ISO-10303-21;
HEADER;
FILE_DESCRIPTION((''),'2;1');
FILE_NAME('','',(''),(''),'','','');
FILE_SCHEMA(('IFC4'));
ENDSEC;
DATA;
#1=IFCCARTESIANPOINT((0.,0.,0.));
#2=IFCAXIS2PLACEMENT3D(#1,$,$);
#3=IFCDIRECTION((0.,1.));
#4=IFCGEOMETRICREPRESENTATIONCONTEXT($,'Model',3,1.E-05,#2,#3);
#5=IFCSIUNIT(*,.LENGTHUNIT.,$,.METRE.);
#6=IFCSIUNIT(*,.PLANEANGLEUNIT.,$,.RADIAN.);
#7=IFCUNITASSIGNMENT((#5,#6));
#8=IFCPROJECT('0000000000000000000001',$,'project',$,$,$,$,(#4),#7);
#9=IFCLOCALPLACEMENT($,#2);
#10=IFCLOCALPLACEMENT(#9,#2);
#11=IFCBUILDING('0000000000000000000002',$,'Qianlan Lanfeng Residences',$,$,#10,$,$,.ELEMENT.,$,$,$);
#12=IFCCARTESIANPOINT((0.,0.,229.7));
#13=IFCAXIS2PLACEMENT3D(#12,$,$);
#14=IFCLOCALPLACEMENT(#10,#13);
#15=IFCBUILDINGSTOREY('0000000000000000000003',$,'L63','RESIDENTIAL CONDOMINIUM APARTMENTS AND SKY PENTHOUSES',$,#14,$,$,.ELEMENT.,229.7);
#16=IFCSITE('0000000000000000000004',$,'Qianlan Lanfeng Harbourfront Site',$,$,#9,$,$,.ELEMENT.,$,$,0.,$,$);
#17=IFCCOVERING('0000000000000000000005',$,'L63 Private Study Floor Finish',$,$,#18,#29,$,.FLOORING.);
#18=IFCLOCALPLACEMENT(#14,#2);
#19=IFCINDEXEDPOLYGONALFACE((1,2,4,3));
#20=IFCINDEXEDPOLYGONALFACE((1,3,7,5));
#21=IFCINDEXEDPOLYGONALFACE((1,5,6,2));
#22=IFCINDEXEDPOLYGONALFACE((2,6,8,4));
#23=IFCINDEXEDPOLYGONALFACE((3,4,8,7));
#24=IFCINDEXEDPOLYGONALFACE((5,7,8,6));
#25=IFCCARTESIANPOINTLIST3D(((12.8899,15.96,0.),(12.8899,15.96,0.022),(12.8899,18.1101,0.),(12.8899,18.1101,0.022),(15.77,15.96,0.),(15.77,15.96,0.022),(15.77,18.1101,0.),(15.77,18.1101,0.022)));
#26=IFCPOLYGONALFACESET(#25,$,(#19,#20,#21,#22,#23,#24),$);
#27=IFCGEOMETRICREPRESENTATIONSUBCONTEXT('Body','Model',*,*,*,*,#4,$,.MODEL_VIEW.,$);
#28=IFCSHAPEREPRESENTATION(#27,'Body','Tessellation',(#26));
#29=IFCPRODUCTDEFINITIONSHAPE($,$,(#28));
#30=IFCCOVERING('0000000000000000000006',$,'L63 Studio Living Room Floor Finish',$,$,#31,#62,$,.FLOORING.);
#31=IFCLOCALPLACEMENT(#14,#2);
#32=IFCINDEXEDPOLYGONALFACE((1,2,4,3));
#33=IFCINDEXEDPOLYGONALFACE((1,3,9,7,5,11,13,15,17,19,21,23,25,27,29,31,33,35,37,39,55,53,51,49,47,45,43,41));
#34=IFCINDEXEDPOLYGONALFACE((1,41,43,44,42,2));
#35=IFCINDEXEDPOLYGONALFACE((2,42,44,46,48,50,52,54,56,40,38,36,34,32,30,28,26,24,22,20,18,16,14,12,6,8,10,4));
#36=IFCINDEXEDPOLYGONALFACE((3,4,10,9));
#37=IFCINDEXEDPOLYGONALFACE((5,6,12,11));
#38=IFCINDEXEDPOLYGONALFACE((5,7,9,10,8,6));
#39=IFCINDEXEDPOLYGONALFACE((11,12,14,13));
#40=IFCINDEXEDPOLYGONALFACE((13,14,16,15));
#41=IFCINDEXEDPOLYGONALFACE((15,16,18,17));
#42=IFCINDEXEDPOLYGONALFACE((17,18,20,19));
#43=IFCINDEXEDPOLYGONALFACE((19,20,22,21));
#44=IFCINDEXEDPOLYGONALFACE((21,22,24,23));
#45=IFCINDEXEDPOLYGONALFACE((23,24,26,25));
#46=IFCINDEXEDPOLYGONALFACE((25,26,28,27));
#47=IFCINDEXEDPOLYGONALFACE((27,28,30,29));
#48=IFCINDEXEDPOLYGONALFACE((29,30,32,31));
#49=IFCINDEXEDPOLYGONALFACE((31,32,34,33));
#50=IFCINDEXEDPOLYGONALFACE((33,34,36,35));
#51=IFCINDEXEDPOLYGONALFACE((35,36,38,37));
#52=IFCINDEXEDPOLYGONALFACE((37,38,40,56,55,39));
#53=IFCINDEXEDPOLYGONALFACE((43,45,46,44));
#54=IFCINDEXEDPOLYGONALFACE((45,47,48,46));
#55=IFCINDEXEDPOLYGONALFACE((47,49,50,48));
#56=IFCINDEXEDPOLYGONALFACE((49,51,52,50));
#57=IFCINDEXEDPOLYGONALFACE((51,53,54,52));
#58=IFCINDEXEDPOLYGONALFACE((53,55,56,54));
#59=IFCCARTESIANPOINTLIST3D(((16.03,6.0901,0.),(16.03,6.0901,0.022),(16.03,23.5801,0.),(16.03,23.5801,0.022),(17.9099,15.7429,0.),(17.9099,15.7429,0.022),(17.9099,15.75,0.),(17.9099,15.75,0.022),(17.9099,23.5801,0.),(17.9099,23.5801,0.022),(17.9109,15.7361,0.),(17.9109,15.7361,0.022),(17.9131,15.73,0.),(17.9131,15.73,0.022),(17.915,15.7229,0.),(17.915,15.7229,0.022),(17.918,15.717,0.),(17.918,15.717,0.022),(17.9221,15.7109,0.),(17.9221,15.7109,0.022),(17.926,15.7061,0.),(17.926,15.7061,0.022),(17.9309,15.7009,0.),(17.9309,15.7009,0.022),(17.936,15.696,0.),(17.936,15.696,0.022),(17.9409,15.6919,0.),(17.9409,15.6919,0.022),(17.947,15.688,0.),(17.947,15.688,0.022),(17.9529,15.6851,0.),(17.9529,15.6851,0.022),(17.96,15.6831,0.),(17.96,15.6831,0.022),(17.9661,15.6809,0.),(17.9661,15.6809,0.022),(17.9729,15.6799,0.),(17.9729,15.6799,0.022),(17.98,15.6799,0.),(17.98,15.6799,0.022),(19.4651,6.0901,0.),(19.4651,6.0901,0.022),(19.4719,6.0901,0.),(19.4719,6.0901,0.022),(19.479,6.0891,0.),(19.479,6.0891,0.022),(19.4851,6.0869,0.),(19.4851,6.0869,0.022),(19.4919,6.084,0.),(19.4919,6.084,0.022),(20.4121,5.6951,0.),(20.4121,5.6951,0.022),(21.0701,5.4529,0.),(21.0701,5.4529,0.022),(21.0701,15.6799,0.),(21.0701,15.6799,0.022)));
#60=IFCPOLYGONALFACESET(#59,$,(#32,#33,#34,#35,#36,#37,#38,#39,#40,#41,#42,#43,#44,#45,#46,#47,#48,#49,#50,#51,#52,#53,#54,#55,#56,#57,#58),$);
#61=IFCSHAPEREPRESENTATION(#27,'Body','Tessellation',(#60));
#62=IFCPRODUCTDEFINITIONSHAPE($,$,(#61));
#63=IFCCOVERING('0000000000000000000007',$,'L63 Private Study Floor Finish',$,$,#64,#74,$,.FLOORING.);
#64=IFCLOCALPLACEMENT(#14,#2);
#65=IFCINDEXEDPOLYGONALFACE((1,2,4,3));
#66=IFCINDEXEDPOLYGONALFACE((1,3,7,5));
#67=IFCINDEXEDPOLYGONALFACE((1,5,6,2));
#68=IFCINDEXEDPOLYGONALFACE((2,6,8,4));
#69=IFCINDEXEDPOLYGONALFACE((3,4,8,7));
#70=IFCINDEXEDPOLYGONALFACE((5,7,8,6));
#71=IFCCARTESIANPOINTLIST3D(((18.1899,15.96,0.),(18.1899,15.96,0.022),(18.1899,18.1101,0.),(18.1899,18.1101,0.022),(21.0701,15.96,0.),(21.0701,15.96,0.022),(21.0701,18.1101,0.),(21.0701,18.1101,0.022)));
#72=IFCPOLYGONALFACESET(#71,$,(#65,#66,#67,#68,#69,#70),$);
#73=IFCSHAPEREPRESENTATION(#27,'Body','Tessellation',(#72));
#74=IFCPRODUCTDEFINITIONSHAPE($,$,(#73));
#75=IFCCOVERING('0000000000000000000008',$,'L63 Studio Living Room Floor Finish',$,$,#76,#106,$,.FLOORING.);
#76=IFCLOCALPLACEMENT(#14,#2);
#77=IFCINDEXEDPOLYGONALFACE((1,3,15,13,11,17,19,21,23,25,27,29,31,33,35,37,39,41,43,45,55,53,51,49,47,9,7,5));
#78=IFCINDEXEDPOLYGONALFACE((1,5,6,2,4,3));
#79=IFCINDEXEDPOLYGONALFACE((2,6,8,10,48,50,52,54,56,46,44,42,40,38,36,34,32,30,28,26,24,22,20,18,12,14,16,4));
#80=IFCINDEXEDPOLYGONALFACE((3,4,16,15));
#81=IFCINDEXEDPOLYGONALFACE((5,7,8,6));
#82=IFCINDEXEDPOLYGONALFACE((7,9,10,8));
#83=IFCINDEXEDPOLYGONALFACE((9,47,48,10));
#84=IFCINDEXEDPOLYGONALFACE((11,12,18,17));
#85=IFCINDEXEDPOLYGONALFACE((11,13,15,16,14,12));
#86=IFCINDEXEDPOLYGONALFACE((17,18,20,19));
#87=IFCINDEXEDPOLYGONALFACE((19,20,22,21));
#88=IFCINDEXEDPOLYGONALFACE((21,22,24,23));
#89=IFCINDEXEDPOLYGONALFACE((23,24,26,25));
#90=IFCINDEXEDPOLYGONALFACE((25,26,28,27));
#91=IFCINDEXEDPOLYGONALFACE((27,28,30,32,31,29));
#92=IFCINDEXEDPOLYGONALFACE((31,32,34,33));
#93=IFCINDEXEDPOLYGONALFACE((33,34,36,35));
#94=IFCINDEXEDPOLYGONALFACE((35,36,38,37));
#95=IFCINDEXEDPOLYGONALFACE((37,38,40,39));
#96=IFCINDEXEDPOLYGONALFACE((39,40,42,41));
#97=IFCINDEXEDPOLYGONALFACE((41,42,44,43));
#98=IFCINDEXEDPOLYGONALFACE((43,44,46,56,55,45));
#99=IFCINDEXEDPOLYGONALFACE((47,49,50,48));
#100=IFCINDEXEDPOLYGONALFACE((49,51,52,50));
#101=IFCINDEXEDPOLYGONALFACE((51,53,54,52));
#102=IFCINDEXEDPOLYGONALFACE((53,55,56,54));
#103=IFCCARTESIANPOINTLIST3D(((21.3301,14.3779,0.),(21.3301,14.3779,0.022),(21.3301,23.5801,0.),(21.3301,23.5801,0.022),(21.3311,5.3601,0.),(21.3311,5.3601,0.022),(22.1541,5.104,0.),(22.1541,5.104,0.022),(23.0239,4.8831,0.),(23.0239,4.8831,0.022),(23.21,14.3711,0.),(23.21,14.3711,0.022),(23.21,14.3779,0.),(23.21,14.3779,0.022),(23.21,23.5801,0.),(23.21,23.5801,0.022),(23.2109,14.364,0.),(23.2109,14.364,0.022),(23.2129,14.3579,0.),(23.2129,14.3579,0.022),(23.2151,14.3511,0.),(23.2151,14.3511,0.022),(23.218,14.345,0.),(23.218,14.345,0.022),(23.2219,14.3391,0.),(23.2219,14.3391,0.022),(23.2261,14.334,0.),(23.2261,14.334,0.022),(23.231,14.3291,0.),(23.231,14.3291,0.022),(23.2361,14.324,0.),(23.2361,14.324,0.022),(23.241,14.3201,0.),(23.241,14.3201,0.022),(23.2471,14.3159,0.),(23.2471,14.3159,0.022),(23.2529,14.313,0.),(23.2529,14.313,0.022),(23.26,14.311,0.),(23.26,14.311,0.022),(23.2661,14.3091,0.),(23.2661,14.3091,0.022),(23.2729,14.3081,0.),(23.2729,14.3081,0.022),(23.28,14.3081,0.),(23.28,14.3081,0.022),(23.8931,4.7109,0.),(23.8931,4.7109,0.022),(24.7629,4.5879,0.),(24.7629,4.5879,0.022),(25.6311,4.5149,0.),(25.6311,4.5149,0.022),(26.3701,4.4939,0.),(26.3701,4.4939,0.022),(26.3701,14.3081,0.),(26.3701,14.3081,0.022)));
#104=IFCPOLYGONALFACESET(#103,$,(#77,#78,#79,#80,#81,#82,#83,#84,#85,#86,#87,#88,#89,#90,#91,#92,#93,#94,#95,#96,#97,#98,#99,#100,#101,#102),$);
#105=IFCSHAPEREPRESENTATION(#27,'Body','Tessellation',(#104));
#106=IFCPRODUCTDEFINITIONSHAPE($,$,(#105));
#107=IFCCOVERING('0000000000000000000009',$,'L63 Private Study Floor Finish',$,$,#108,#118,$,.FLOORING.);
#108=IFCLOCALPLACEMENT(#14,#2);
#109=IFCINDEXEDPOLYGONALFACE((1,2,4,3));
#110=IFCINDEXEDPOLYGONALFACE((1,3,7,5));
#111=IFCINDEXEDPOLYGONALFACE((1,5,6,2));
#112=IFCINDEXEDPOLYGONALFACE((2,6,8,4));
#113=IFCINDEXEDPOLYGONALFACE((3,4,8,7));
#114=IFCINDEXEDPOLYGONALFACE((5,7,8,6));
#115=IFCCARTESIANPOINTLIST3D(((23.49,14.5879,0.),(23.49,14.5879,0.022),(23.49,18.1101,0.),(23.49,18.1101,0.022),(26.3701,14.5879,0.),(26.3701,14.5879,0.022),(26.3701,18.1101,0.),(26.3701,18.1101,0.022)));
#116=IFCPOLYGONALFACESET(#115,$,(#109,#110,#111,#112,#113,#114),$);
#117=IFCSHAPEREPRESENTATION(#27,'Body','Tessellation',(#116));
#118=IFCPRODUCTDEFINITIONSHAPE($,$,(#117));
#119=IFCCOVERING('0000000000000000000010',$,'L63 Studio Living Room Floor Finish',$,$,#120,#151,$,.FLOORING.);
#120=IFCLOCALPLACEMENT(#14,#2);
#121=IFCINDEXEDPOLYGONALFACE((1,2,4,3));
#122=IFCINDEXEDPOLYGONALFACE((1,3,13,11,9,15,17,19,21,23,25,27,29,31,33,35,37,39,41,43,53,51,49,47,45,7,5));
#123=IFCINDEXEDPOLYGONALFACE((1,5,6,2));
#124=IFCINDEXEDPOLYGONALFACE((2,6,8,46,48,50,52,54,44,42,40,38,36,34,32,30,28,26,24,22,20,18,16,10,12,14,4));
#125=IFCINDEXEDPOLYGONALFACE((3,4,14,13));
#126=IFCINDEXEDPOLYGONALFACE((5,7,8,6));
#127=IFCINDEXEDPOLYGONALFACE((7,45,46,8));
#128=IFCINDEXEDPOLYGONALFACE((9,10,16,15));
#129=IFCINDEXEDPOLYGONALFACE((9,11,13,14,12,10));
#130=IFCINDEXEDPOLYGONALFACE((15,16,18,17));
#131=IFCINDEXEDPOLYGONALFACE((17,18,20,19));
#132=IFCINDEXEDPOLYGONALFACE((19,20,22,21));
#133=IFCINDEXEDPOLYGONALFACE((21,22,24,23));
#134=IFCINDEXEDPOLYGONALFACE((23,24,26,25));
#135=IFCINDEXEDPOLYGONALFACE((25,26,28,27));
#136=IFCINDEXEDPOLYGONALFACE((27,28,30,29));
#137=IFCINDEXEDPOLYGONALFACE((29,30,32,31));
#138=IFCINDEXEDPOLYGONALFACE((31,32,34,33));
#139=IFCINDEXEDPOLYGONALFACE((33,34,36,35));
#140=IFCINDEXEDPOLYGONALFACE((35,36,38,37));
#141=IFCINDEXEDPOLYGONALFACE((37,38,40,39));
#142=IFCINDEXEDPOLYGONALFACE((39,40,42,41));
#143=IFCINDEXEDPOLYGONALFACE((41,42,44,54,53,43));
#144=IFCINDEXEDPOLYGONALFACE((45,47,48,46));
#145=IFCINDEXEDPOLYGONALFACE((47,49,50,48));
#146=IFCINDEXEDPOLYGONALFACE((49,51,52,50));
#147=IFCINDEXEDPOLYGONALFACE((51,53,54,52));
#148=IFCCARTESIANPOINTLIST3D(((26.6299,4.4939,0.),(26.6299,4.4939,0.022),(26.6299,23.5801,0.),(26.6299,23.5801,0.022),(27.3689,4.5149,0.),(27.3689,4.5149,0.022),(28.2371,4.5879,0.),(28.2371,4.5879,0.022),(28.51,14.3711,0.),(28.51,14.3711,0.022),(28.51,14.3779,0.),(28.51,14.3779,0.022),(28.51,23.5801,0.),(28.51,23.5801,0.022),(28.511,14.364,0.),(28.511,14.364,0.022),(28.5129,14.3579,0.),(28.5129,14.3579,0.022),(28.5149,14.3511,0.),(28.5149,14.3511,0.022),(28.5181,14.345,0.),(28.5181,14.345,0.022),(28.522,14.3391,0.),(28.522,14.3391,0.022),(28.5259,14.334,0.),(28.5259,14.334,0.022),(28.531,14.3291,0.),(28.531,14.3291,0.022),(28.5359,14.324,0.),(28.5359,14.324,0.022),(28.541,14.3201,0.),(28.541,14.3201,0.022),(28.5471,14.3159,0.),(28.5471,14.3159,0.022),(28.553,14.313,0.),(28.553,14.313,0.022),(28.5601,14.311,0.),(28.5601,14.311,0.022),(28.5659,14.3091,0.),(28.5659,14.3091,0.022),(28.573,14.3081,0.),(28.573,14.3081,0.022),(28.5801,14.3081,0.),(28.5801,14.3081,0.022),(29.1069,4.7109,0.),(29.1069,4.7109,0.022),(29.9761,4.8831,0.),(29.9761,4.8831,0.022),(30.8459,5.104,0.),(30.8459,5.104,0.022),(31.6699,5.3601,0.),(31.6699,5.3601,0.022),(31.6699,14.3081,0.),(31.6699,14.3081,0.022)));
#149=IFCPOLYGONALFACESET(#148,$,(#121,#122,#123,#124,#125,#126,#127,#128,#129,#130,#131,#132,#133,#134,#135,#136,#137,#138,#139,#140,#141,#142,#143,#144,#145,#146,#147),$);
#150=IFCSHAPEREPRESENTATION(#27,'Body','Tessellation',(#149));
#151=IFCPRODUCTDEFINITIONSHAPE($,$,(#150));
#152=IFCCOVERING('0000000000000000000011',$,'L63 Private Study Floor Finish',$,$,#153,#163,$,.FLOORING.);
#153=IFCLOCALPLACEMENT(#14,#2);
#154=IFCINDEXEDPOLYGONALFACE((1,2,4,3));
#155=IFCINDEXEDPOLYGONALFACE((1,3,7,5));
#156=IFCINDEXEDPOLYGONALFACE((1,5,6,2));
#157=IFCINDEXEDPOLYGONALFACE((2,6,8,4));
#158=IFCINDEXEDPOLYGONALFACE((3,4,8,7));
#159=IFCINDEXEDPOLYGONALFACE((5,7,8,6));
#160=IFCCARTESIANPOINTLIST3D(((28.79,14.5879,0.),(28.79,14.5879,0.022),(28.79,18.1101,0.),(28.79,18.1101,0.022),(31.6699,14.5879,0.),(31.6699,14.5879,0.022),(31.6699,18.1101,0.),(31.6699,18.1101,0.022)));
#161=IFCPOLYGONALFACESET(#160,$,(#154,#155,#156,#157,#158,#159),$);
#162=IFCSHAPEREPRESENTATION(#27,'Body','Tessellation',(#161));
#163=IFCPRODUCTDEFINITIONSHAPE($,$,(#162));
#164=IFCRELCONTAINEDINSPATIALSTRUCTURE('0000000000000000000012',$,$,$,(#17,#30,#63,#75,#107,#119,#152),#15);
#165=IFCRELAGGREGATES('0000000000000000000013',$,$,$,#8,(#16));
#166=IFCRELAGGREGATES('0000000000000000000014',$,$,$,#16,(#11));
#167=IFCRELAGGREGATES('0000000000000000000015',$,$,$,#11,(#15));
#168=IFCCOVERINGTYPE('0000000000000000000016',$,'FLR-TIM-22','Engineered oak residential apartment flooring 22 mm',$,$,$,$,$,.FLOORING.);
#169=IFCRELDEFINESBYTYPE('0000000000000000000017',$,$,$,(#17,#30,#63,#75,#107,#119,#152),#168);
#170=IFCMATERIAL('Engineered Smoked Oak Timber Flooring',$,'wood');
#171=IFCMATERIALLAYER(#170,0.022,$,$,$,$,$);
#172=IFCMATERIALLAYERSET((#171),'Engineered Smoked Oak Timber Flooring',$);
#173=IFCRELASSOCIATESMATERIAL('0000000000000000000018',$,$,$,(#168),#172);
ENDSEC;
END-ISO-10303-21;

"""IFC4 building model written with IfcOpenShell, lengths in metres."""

from ifc_helpers import new_model, si_unit, direction, frame, origin, place, context, subcontext, project, spatial, polyline, outline, extrude, material, layer, layer_set, type_object, element, save


model = new_model("IFC4")

# Units and contexts
model_context = context("Model", 3, precision=1e-05, world=origin(), true_north=direction((0.0, 1.0)))
body_context = subcontext(model_context, "Body", "Model", "MODEL_VIEW")
ifc_project = project(units=[si_unit("LENGTHUNIT", "METRE"), si_unit("PLANEANGLEUNIT", "RADIAN")], contexts=[model_context])

# Site, building, storey
site_placement = place(None, origin())
site = spatial("IfcSite", under=ifc_project, at=site_placement, Name="Qianlan Lanfeng Harbourfront Site", CompositionType="ELEMENT", RefElevation=0.0)
building_placement = place(site_placement, origin())
building = spatial("IfcBuilding", under=site, at=building_placement, Name="Qianlan Lanfeng Residences", CompositionType="ELEMENT")
storey_placement = place(building_placement, frame((0.0, 0.0, 229.7)))
storey = spatial("IfcBuildingStorey", under=building, at=storey_placement, Name="L63", Description="RESIDENTIAL CONDOMINIUM APARTMENTS AND SKY PENTHOUSES", CompositionType="ELEMENT", Elevation=229.7)

# Coverings
ifc_material_1 = material(Name="Engineered Smoked Oak Timber Flooring", Category="wood")
ifc_layer_1 = layer(ifc_material_1, 0.022)
ifc_layer_set_1 = layer_set([ifc_layer_1], Name="Engineered Smoked Oak Timber Flooring")
covering_type_1 = type_object("IfcCoveringType", Name="FLR-TIM-22", Description="Engineered oak residential apartment flooring 22 mm", PredefinedType="FLOORING", material=ifc_layer_set_1)
covering_1_placement = place(storey_placement, origin())
element("IfcCovering", 1, at=covering_1_placement, inside=storey, type_object=covering_type_1, Name="L63 Private Study Floor Finish", PredefinedType="FLOORING", context=body_context, shape_type="SweptSolid", body=[
    extrude(outline(polyline([(12.8899, 18.1101), (12.8899, 15.96), (15.77, 15.96), (15.77, 18.1101), (12.8899, 18.1101)])), origin(), (0.0, 0.0, 1.0), 0.022),
])
covering_2_placement = place(storey_placement, origin())
element("IfcCovering", 2, at=covering_2_placement, inside=storey, type_object=covering_type_1, Name="L63 Studio Living Room Floor Finish", PredefinedType="FLOORING", context=body_context, shape_type="SweptSolid", body=[
    extrude(outline(polyline([(21.0701, 5.4529), (21.0701, 15.6799), (17.98, 15.6799), (17.9729, 15.6799), (17.9661, 15.6809), (17.96, 15.6831), (17.9529, 15.6851), (17.947, 15.688), (17.9409, 15.6919), (17.936, 15.696), (17.9309, 15.7009), (17.926, 15.7061), (17.9221, 15.7109), (17.918, 15.717), (17.915, 15.7229), (17.9131, 15.73), (17.9109, 15.7361), (17.9099, 15.7429), (17.9099, 15.75), (17.9099, 23.5801), (16.03, 23.5801), (16.03, 6.0901), (19.4651, 6.0901), (19.4719, 6.0901), (19.479, 6.0891), (19.4851, 6.0869), (19.4919, 6.084), (20.4121, 5.6951), (21.0701, 5.4529)])), origin(), (0.0, 0.0, 1.0), 0.022),
])
covering_3_placement = place(storey_placement, origin())
element("IfcCovering", 3, at=covering_3_placement, inside=storey, type_object=covering_type_1, Name="L63 Private Study Floor Finish", PredefinedType="FLOORING", context=body_context, shape_type="SweptSolid", body=[
    extrude(outline(polyline([(18.1899, 18.1101), (18.1899, 15.96), (21.0701, 15.96), (21.0701, 18.1101), (18.1899, 18.1101)])), origin(), (0.0, 0.0, 1.0), 0.022),
])
covering_4_placement = place(storey_placement, origin())
element("IfcCovering", 4, at=covering_4_placement, inside=storey, type_object=covering_type_1, Name="L63 Studio Living Room Floor Finish", PredefinedType="FLOORING", context=body_context, shape_type="SweptSolid", body=[
    extrude(outline(polyline([(26.3701, 4.4939), (26.3701, 14.3081), (23.28, 14.3081), (23.2729, 14.3081), (23.2661, 14.3091), (23.26, 14.311), (23.2529, 14.313), (23.2471, 14.3159), (23.241, 14.3201), (23.2361, 14.324), (23.231, 14.3291), (23.2261, 14.334), (23.2219, 14.3391), (23.218, 14.345), (23.2151, 14.3511), (23.2129, 14.3579), (23.2109, 14.364), (23.21, 14.3711), (23.21, 14.3779), (23.21, 23.5801), (21.3301, 23.5801), (21.3301, 14.3779), (21.3311, 5.3601), (22.1541, 5.104), (23.0239, 4.8831), (23.8931, 4.7109), (24.7629, 4.5879), (25.6311, 4.5149), (26.3701, 4.4939)])), origin(), (0.0, 0.0, 1.0), 0.022),
])
covering_5_placement = place(storey_placement, origin())
element("IfcCovering", 5, at=covering_5_placement, inside=storey, type_object=covering_type_1, Name="L63 Private Study Floor Finish", PredefinedType="FLOORING", context=body_context, shape_type="SweptSolid", body=[
    extrude(outline(polyline([(23.49, 18.1101), (23.49, 14.5879), (26.3701, 14.5879), (26.3701, 18.1101), (23.49, 18.1101)])), origin(), (0.0, 0.0, 1.0), 0.022),
])
covering_6_placement = place(storey_placement, origin())
element("IfcCovering", 6, at=covering_6_placement, inside=storey, type_object=covering_type_1, Name="L63 Studio Living Room Floor Finish", PredefinedType="FLOORING", context=body_context, shape_type="SweptSolid", body=[
    extrude(outline(polyline([(31.6699, 5.3601), (31.6699, 14.3081), (28.5801, 14.3081), (28.573, 14.3081), (28.5659, 14.3091), (28.5601, 14.311), (28.553, 14.313), (28.5471, 14.3159), (28.541, 14.3201), (28.5359, 14.324), (28.531, 14.3291), (28.5259, 14.334), (28.522, 14.3391), (28.5181, 14.345), (28.5149, 14.3511), (28.5129, 14.3579), (28.511, 14.364), (28.51, 14.3711), (28.51, 14.3779), (28.51, 23.5801), (26.6299, 23.5801), (26.6299, 4.4939), (27.3689, 4.5149), (28.2371, 4.5879), (29.1069, 4.7109), (29.9761, 4.8831), (30.8459, 5.104), (31.6699, 5.3601)])), origin(), (0.0, 0.0, 1.0), 0.022),
])
covering_7_placement = place(storey_placement, origin())
element("IfcCovering", 7, at=covering_7_placement, inside=storey, type_object=covering_type_1, Name="L63 Private Study Floor Finish", PredefinedType="FLOORING", context=body_context, shape_type="SweptSolid", body=[
    extrude(outline(polyline([(28.79, 18.1101), (28.79, 14.5879), (31.6699, 14.5879), (31.6699, 18.1101), (28.79, 18.1101)])), origin(), (0.0, 0.0, 1.0), 0.022),
])

save(model, "model.ifc")
